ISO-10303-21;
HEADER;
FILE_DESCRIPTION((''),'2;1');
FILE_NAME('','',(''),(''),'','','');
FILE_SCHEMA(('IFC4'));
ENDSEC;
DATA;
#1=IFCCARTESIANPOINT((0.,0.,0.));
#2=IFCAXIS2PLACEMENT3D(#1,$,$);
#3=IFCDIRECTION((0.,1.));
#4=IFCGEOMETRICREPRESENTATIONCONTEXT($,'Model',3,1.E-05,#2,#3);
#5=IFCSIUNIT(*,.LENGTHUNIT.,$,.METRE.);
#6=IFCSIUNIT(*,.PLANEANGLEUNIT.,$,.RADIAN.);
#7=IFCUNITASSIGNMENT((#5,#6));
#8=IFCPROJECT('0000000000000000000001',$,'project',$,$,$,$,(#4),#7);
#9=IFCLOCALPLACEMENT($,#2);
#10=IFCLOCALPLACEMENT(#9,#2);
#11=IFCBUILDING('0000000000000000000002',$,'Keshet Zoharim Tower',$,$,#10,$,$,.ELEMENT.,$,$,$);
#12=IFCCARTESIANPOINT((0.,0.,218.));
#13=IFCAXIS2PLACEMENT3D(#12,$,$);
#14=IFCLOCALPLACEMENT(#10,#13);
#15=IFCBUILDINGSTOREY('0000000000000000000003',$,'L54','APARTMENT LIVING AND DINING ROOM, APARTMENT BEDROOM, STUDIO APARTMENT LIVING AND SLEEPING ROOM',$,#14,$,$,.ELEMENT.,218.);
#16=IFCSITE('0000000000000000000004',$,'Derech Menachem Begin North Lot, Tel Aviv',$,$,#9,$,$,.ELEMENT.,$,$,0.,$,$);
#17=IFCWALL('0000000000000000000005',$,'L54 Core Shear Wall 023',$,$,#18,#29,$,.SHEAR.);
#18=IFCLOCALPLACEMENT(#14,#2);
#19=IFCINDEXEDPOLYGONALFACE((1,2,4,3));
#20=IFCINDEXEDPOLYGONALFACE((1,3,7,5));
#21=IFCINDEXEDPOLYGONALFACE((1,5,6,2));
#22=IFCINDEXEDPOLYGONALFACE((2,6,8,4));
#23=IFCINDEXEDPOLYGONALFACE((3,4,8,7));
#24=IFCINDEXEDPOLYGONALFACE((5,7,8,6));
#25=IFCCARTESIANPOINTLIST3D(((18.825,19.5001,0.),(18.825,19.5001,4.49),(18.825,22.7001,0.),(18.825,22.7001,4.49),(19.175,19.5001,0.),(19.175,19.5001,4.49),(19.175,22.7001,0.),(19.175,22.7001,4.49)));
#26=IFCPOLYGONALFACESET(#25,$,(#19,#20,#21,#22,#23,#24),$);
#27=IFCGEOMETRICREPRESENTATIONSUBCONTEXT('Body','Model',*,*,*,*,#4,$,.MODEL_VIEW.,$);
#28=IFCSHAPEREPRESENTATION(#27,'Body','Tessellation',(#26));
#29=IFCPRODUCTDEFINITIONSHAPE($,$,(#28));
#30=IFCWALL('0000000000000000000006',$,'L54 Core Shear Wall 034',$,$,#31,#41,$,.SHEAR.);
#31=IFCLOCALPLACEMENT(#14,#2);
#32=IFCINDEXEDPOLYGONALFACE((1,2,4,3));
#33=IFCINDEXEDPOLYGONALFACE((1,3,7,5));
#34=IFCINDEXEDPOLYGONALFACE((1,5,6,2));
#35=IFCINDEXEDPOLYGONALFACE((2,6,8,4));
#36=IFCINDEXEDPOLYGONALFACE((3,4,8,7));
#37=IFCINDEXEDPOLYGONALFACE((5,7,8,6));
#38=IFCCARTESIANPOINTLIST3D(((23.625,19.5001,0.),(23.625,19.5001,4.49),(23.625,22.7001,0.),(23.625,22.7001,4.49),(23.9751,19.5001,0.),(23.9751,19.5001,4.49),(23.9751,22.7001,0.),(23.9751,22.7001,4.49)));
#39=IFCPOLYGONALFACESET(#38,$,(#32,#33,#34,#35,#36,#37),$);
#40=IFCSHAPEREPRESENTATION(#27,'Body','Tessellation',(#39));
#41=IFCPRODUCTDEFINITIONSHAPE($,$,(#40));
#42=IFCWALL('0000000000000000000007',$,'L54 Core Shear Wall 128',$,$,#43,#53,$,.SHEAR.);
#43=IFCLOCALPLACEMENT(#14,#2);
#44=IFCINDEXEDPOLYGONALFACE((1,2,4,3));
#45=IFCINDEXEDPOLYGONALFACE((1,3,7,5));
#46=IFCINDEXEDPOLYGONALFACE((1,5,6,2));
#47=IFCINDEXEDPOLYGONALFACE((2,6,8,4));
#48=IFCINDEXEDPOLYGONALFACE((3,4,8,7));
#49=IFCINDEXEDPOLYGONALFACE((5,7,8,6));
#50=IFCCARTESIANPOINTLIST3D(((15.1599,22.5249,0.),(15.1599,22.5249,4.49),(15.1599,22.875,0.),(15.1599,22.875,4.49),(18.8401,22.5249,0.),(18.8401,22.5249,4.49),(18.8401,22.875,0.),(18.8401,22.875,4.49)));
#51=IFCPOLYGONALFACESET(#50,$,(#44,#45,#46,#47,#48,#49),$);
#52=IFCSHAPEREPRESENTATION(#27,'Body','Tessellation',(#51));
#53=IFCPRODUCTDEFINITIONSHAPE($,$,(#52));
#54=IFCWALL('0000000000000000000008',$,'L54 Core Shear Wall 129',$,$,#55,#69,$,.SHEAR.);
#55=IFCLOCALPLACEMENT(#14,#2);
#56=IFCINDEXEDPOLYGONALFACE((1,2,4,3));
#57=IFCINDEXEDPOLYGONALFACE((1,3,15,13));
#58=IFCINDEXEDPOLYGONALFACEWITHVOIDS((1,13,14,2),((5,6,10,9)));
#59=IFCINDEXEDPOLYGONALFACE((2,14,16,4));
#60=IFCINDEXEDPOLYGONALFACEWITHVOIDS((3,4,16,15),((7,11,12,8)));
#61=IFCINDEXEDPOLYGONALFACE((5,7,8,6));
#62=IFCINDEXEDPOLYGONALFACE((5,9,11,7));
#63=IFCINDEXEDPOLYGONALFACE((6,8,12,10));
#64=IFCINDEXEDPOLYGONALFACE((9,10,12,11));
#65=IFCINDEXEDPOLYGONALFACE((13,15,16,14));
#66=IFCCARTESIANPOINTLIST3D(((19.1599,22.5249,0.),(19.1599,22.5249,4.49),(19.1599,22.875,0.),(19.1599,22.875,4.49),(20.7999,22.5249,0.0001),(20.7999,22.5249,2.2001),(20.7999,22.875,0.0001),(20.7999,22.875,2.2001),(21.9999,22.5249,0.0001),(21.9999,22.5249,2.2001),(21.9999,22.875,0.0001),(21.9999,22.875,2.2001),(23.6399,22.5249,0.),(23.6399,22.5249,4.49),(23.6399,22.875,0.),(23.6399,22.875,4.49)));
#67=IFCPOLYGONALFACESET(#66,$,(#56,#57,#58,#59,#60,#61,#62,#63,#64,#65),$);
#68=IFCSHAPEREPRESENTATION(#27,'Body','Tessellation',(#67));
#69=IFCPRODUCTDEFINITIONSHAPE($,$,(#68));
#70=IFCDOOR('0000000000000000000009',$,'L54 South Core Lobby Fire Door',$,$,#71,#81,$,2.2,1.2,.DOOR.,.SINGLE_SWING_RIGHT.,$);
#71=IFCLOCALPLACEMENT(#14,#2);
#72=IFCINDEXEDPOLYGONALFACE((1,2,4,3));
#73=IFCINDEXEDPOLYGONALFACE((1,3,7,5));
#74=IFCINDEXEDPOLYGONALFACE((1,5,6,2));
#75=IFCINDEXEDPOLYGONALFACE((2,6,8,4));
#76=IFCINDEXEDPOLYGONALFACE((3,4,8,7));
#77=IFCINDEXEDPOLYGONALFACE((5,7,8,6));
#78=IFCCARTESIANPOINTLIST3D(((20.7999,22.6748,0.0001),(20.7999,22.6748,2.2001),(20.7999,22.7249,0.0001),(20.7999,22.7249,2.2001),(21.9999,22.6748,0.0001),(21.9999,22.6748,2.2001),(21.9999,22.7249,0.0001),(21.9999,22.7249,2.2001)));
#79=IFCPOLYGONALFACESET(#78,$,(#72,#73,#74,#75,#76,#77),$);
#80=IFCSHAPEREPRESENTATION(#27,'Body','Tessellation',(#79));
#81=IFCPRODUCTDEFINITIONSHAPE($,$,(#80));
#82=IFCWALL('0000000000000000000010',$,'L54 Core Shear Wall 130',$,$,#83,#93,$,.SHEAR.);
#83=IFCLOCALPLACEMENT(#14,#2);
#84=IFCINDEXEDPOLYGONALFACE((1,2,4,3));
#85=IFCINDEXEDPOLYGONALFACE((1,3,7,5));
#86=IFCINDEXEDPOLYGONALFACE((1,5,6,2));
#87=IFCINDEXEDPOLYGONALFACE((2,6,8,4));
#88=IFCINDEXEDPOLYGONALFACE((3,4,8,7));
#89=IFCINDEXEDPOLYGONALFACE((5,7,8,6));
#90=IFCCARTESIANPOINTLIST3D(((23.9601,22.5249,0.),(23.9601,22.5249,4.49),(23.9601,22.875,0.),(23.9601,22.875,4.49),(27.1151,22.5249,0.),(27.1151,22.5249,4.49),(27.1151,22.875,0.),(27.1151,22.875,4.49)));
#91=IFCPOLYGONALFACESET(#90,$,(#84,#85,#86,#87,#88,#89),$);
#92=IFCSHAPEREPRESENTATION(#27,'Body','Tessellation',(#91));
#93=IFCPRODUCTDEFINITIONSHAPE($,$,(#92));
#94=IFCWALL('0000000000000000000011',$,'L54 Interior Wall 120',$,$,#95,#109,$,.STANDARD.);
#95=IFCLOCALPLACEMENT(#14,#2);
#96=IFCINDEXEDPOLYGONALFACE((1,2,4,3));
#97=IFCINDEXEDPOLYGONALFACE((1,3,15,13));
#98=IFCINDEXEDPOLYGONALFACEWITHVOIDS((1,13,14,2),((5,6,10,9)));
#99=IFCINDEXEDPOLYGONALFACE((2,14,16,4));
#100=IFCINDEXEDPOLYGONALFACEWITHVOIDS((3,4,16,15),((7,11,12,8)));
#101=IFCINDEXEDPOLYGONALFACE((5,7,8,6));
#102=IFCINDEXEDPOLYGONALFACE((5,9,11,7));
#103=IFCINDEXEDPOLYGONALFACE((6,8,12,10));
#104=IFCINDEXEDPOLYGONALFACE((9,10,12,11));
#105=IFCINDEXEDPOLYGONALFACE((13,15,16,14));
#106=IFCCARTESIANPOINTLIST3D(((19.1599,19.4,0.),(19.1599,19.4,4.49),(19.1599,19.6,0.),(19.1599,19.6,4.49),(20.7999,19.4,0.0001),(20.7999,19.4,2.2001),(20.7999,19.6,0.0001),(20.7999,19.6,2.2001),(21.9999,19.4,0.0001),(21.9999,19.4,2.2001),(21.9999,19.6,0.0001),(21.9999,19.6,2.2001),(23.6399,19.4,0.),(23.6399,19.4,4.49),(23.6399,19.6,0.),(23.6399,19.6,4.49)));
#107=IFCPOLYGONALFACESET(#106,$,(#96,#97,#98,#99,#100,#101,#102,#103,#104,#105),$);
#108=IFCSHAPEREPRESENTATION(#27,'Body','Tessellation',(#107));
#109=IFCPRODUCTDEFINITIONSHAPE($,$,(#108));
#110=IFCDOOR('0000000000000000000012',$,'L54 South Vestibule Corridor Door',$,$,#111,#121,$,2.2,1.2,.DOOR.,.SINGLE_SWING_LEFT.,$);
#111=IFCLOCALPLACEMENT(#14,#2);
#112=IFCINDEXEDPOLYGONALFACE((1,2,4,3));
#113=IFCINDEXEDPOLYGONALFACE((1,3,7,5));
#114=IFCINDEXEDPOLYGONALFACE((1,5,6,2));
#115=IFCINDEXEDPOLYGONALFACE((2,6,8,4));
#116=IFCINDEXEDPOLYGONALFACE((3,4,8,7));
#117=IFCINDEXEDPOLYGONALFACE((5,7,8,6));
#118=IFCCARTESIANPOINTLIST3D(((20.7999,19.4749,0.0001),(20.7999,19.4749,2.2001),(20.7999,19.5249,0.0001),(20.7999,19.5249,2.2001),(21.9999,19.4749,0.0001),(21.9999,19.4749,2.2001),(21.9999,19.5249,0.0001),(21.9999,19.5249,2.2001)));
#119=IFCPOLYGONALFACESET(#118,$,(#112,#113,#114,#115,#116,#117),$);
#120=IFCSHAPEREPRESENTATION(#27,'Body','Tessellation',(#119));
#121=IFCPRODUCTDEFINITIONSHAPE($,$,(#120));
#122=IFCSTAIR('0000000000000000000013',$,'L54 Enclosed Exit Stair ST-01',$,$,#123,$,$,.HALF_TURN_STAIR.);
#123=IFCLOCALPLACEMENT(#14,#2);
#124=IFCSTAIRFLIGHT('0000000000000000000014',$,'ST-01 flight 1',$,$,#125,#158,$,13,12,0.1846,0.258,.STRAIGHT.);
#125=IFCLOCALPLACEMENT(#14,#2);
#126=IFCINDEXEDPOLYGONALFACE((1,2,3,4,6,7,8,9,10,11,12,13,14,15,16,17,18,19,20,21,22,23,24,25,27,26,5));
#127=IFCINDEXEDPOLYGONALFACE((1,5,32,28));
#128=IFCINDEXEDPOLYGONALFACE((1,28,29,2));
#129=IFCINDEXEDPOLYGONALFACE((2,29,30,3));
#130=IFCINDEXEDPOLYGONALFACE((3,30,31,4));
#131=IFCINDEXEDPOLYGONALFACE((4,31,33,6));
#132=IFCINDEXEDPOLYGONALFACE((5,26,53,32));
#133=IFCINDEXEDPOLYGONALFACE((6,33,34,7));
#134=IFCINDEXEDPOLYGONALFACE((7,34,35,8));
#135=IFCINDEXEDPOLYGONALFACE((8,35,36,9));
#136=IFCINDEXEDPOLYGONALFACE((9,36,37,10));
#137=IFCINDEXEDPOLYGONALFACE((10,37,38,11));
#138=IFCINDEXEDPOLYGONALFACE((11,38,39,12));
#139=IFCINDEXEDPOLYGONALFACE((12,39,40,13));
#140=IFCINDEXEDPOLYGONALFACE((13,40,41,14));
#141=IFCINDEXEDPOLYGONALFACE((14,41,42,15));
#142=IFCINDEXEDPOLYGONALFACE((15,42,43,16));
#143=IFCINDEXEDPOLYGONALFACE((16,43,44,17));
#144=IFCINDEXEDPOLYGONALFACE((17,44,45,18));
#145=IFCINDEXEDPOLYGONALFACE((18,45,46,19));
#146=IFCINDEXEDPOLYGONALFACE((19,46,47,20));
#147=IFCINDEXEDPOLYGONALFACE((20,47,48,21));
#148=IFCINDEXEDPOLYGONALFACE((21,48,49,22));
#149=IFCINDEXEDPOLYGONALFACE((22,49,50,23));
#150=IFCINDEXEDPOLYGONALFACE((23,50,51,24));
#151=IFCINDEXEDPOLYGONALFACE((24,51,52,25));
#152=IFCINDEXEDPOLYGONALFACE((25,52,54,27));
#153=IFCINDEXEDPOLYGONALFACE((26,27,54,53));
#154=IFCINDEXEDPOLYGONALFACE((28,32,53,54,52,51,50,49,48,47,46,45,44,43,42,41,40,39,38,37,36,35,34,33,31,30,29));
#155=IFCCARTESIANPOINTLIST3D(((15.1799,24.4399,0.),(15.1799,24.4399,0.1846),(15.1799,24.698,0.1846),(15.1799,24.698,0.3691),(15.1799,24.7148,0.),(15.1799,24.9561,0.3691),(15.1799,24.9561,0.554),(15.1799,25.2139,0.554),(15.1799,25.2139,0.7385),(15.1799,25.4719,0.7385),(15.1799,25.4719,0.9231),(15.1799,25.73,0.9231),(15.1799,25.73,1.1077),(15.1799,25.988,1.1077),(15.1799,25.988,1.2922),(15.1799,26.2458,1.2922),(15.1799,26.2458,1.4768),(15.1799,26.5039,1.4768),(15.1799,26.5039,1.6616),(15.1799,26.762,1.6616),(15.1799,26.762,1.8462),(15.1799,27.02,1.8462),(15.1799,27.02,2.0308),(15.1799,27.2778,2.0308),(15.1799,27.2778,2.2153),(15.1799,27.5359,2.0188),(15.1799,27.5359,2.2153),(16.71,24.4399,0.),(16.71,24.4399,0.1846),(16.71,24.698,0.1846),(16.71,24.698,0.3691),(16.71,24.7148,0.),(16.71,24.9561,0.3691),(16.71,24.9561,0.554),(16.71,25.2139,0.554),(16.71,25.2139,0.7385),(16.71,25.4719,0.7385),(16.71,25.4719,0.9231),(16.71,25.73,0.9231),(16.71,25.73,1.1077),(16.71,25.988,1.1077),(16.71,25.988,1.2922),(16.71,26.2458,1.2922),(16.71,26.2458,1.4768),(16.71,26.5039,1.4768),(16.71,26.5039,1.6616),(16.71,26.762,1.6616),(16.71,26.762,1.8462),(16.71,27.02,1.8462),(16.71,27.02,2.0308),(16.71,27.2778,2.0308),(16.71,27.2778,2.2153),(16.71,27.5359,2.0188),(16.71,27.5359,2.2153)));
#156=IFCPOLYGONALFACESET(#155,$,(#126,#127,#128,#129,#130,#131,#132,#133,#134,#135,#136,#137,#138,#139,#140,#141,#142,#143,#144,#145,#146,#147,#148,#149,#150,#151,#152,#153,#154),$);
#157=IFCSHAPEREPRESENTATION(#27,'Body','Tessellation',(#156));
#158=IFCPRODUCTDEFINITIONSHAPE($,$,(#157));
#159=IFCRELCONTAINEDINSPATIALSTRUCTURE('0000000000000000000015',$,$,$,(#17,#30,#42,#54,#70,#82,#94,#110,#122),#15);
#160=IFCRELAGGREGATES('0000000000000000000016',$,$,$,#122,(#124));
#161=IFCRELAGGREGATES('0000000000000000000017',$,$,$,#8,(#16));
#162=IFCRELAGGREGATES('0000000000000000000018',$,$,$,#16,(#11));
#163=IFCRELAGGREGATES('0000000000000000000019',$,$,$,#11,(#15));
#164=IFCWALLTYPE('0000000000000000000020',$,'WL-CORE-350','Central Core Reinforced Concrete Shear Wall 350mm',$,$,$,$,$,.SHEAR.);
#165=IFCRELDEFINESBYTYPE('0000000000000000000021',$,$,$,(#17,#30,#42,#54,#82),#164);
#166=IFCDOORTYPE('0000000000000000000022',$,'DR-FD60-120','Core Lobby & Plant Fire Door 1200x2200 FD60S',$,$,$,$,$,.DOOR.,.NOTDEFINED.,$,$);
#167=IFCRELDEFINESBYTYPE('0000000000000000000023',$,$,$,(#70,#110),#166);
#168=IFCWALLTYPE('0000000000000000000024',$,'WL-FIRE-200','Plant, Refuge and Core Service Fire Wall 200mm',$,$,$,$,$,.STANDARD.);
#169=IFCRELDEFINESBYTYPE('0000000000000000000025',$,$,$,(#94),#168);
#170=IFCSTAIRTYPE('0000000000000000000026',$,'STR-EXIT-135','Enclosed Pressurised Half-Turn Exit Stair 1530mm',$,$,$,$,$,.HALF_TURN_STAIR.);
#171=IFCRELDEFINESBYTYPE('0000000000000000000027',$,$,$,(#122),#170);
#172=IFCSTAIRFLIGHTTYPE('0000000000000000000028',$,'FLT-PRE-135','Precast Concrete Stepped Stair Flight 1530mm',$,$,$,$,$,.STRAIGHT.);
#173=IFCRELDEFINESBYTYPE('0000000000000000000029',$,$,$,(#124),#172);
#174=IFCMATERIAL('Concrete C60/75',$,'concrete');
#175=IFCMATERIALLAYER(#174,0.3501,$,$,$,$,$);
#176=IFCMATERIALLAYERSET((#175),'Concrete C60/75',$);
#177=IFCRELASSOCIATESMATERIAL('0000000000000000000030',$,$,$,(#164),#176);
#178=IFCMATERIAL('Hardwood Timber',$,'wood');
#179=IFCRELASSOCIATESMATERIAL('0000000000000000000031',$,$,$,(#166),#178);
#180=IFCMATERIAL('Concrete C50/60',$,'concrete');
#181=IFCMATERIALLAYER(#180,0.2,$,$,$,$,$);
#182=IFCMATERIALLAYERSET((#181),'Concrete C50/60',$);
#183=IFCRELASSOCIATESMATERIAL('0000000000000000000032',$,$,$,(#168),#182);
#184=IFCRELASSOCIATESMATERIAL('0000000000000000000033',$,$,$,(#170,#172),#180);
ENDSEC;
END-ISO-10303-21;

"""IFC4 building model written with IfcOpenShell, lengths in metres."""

from ifc_helpers import new_model, si_unit, direction, frame, frame_2d, origin, place, context, subcontext, project, spatial, polyline, rectangle, outline, extrude, material, layer, layer_set, type_object, element, fill, aggregate, save


model = new_model("IFC4")

# Units and contexts
model_context = context("Model", 3, precision=1e-05, world=origin(), true_north=direction((0.0, 1.0)))
body_context = subcontext(model_context, "Body", "Model", "MODEL_VIEW")
ifc_project = project(units=[si_unit("LENGTHUNIT", "METRE"), si_unit("PLANEANGLEUNIT", "RADIAN")], contexts=[model_context])

# Site, building, storey
site_placement = place(None, origin())
site = spatial("IfcSite", under=ifc_project, at=site_placement, Name="Derech Menachem Begin North Lot, Tel Aviv", CompositionType="ELEMENT", RefElevation=0.0)
building_placement = place(site_placement, origin())
building = spatial("IfcBuilding", under=site, at=building_placement, Name="Keshet Zoharim Tower", CompositionType="ELEMENT")
storey_placement = place(building_placement, frame((0.0, 0.0, 218.0)))
storey = spatial("IfcBuildingStorey", under=building, at=storey_placement, Name="L54", Description="APARTMENT LIVING AND DINING ROOM, APARTMENT BEDROOM, STUDIO APARTMENT LIVING AND SLEEPING ROOM", CompositionType="ELEMENT", Elevation=218.0)

# Wall
ifc_material_1 = material(Name="Concrete C60/75", Category="concrete")
ifc_layer_1 = layer(ifc_material_1, 0.3501)
ifc_layer_set_1 = layer_set([ifc_layer_1], Name="Concrete C60/75")
wall_type_1 = type_object("IfcWallType", Name="WL-CORE-350", Description="Central Core Reinforced Concrete Shear Wall 350mm", PredefinedType="SHEAR", material=ifc_layer_set_1)
wall_1_placement = place(storey_placement, frame((19.0, 19.5, 0.0), z_axis=(0.0, 0.0, 1.0), x_axis=(0.0, 1.0, 0.0)))
element("IfcWall", 1, at=wall_1_placement, inside=storey, type_object=wall_type_1, Name="L54 Core Shear Wall 023", PredefinedType="SHEAR", context=body_context, shape_type="SweptSolid", body=[
    extrude(rectangle(XDim=3.2, YDim=0.3501, at=frame_2d((1.6001, 0.0))), origin(), (0.0, 0.0, 1.0), 4.49),
])

# Shared definitions
ifc_material_2 = material(Name="Hardwood Timber", Category="wood")

# Wall
wall_2_placement = place(storey_placement, frame((23.8, 19.5, 0.0), z_axis=(0.0, 0.0, 1.0), x_axis=(0.0, 1.0, 0.0)))
element("IfcWall", 2, at=wall_2_placement, inside=storey, type_object=wall_type_1, Name="L54 Core Shear Wall 034", PredefinedType="SHEAR", context=body_context, shape_type="SweptSolid", body=[
    extrude(rectangle(XDim=3.2, YDim=0.3501, at=frame_2d((1.6001, 0.0))), origin(), (0.0, 0.0, 1.0), 4.49),
])

# Wall
wall_3_placement = place(storey_placement, frame((15.1599, 22.7, 0.0), z_axis=(0.0, 0.0, 1.0), x_axis=(1.0, 0.0, 0.0)))
element("IfcWall", 3, at=wall_3_placement, inside=storey, type_object=wall_type_1, Name="L54 Core Shear Wall 128", PredefinedType="SHEAR", context=body_context, shape_type="SweptSolid", body=[
    extrude(rectangle(XDim=3.6802, YDim=0.3501, at=frame_2d((1.8401, 0.0))), origin(), (0.0, 0.0, 1.0), 4.49),
])

# Wall, opening, door
wall_4_placement = place(storey_placement, frame((19.1599, 22.7, 0.0), z_axis=(0.0, 0.0, 1.0), x_axis=(1.0, 0.0, 0.0)))
wall_4 = element("IfcWall", 4, at=wall_4_placement, inside=storey, type_object=wall_type_1, Name="L54 Core Shear Wall 129", PredefinedType="SHEAR", context=body_context, shape_type="SweptSolid", body=[
    extrude(rectangle(XDim=4.48, YDim=0.3501, at=frame_2d((2.24, 0.0))), origin(), (0.0, 0.0, 1.0), 4.49),
])
opening_1_placement = place(wall_4_placement, frame((1.6399, 0.0, 0.0)))
opening_1 = element("IfcOpeningElement", 5, at=opening_1_placement, cuts=wall_4, PredefinedType="OPENING", context=body_context, shape_type="SweptSolid", body=[
    extrude(rectangle(XDim=1.2, YDim=2.2, at=frame_2d((0.6001, 1.1001))), frame((0.0, 0.1851, 0.0), z_axis=(0.0, -1.0, 0.0), x_axis=(1.0, 0.0, 0.0)), (0.0, 0.0, 1.0), 0.3701),
])
door_type_1 = type_object("IfcDoorType", Name="DR-FD60-120", Description="Core Lobby & Plant Fire Door 1200x2200 FD60S", OperationType="NOTDEFINED", PredefinedType="DOOR", material=ifc_material_2)
door_1_placement = place(opening_1_placement, origin())
door_1 = element("IfcDoor", 6, at=door_1_placement, inside=storey, type_object=door_type_1, Name="L54 South Core Lobby Fire Door", OperationType="SINGLE_SWING_RIGHT", OverallHeight=2.2, OverallWidth=1.2, PredefinedType="DOOR", context=body_context, shape_type="SweptSolid", body=[
    extrude(rectangle(XDim=1.2, YDim=2.2, at=frame_2d((0.6001, 1.1001))), frame((0.0, 0.0249, 0.0), z_axis=(0.0, -1.0, 0.0), x_axis=(1.0, 0.0, 0.0)), (0.0, 0.0, 1.0), 0.05),
])
fill(opening_1, door_1)

# Wall
wall_5_placement = place(storey_placement, frame((23.96, 22.7, 0.0), z_axis=(0.0, 0.0, 1.0), x_axis=(1.0, 0.0, 0.0)))
element("IfcWall", 7, at=wall_5_placement, inside=storey, type_object=wall_type_1, Name="L54 Core Shear Wall 130", PredefinedType="SHEAR", context=body_context, shape_type="SweptSolid", body=[
    extrude(rectangle(XDim=3.155, YDim=0.3501, at=frame_2d((1.5776, 0.0))), origin(), (0.0, 0.0, 1.0), 4.49),
])

# Wall, opening, door
ifc_material_3 = material(Name="Concrete C50/60", Category="concrete")
ifc_layer_2 = layer(ifc_material_3, 0.2)
ifc_layer_set_2 = layer_set([ifc_layer_2], Name="Concrete C50/60")
wall_type_2 = type_object("IfcWallType", Name="WL-FIRE-200", Description="Plant, Refuge and Core Service Fire Wall 200mm", PredefinedType="STANDARD", material=ifc_layer_set_2)
wall_6_placement = place(storey_placement, frame((19.1599, 19.5, 0.0), z_axis=(0.0, 0.0, 1.0), x_axis=(1.0, 0.0, 0.0)))
wall_6 = element("IfcWall", 8, at=wall_6_placement, inside=storey, type_object=wall_type_2, Name="L54 Interior Wall 120", PredefinedType="STANDARD", context=body_context, shape_type="SweptSolid", body=[
    extrude(rectangle(XDim=4.48, YDim=0.2, at=frame_2d((2.24, 0.0))), origin(), (0.0, 0.0, 1.0), 4.49),
])
opening_2_placement = place(wall_6_placement, frame((1.6399, 0.0, 0.0)))
opening_2 = element("IfcOpeningElement", 9, at=opening_2_placement, cuts=wall_6, PredefinedType="OPENING", context=body_context, shape_type="SweptSolid", body=[
    extrude(rectangle(XDim=1.2, YDim=2.2, at=frame_2d((0.6001, 1.1001))), frame((0.0, 0.1099, 0.0), z_axis=(0.0, -1.0, 0.0), x_axis=(1.0, 0.0, 0.0)), (0.0, 0.0, 1.0), 0.22),
])
door_2_placement = place(opening_2_placement, origin())
door_2 = element("IfcDoor", 10, at=door_2_placement, inside=storey, type_object=door_type_1, Name="L54 South Vestibule Corridor Door", OperationType="SINGLE_SWING_LEFT", OverallHeight=2.2, OverallWidth=1.2, PredefinedType="DOOR", context=body_context, shape_type="SweptSolid", body=[
    extrude(rectangle(XDim=1.2, YDim=2.2, at=frame_2d((0.6001, 1.1001))), frame((0.0, 0.0249, 0.0), z_axis=(0.0, -1.0, 0.0), x_axis=(1.0, 0.0, 0.0)), (0.0, 0.0, 1.0), 0.05),
])
fill(opening_2, door_2)

# Stair, stair flight
stair_type = type_object("IfcStairType", Name="STR-EXIT-135", Description="Enclosed Pressurised Half-Turn Exit Stair 1530mm", PredefinedType="HALF_TURN_STAIR", material=ifc_material_3)
stair_placement = place(storey_placement, origin())
stair = element("IfcStair", 11, at=stair_placement, inside=storey, type_object=stair_type, Name="L54 Enclosed Exit Stair ST-01", PredefinedType="HALF_TURN_STAIR")
stair_flight_type = type_object("IfcStairFlightType", Name="FLT-PRE-135", Description="Precast Concrete Stepped Stair Flight 1530mm", PredefinedType="STRAIGHT", material=ifc_material_3)
stair_flight_placement = place(storey_placement, frame((15.9451, 24.4399, 0.0), z_axis=(0.0, 0.0, 1.0), x_axis=(0.0, 1.0, 0.0)))
stair_flight = element("IfcStairFlight", 12, at=stair_flight_placement, type_object=stair_flight_type, Name="ST-01 flight 1", NumberOfRisers=13, NumberOfTreads=12, PredefinedType="STRAIGHT", RiserHeight=0.1846, TreadLength=0.258, context=body_context, shape_type="SweptSolid", body=[
    extrude(outline(polyline([(0.0, 0.0), (0.0, 0.1846), (0.2581, 0.1846), (0.2581, 0.3691), (0.5161, 0.3691), (0.5161, 0.554), (0.7739, 0.554), (0.7739, 0.7385), (1.032, 0.7385), (1.032, 0.9231), (1.29, 0.9231), (1.29, 1.1077), (1.5481, 1.1077), (1.5481, 1.2922), (1.8059, 1.2922), (1.8059, 1.4768), (2.064, 1.4768), (2.064, 1.6616), (2.322, 1.6616), (2.322, 1.8462), (2.5801, 1.8462), (2.5801, 2.0308), (2.8379, 2.0308), (2.8379, 2.2153), (3.0959, 2.2153), (3.0959, 2.3999), (3.0959, 2.0188), (0.2749, 0.0), (0.0, 0.0)])), frame((0.0, 0.7651, 0.0), z_axis=(0.0, -1.0, 0.0), x_axis=(1.0, 0.0, 0.0)), (0.0, 0.0, 1.0), 1.53),
])
aggregate(stair, [stair_flight])

save(model, "model.ifc")
